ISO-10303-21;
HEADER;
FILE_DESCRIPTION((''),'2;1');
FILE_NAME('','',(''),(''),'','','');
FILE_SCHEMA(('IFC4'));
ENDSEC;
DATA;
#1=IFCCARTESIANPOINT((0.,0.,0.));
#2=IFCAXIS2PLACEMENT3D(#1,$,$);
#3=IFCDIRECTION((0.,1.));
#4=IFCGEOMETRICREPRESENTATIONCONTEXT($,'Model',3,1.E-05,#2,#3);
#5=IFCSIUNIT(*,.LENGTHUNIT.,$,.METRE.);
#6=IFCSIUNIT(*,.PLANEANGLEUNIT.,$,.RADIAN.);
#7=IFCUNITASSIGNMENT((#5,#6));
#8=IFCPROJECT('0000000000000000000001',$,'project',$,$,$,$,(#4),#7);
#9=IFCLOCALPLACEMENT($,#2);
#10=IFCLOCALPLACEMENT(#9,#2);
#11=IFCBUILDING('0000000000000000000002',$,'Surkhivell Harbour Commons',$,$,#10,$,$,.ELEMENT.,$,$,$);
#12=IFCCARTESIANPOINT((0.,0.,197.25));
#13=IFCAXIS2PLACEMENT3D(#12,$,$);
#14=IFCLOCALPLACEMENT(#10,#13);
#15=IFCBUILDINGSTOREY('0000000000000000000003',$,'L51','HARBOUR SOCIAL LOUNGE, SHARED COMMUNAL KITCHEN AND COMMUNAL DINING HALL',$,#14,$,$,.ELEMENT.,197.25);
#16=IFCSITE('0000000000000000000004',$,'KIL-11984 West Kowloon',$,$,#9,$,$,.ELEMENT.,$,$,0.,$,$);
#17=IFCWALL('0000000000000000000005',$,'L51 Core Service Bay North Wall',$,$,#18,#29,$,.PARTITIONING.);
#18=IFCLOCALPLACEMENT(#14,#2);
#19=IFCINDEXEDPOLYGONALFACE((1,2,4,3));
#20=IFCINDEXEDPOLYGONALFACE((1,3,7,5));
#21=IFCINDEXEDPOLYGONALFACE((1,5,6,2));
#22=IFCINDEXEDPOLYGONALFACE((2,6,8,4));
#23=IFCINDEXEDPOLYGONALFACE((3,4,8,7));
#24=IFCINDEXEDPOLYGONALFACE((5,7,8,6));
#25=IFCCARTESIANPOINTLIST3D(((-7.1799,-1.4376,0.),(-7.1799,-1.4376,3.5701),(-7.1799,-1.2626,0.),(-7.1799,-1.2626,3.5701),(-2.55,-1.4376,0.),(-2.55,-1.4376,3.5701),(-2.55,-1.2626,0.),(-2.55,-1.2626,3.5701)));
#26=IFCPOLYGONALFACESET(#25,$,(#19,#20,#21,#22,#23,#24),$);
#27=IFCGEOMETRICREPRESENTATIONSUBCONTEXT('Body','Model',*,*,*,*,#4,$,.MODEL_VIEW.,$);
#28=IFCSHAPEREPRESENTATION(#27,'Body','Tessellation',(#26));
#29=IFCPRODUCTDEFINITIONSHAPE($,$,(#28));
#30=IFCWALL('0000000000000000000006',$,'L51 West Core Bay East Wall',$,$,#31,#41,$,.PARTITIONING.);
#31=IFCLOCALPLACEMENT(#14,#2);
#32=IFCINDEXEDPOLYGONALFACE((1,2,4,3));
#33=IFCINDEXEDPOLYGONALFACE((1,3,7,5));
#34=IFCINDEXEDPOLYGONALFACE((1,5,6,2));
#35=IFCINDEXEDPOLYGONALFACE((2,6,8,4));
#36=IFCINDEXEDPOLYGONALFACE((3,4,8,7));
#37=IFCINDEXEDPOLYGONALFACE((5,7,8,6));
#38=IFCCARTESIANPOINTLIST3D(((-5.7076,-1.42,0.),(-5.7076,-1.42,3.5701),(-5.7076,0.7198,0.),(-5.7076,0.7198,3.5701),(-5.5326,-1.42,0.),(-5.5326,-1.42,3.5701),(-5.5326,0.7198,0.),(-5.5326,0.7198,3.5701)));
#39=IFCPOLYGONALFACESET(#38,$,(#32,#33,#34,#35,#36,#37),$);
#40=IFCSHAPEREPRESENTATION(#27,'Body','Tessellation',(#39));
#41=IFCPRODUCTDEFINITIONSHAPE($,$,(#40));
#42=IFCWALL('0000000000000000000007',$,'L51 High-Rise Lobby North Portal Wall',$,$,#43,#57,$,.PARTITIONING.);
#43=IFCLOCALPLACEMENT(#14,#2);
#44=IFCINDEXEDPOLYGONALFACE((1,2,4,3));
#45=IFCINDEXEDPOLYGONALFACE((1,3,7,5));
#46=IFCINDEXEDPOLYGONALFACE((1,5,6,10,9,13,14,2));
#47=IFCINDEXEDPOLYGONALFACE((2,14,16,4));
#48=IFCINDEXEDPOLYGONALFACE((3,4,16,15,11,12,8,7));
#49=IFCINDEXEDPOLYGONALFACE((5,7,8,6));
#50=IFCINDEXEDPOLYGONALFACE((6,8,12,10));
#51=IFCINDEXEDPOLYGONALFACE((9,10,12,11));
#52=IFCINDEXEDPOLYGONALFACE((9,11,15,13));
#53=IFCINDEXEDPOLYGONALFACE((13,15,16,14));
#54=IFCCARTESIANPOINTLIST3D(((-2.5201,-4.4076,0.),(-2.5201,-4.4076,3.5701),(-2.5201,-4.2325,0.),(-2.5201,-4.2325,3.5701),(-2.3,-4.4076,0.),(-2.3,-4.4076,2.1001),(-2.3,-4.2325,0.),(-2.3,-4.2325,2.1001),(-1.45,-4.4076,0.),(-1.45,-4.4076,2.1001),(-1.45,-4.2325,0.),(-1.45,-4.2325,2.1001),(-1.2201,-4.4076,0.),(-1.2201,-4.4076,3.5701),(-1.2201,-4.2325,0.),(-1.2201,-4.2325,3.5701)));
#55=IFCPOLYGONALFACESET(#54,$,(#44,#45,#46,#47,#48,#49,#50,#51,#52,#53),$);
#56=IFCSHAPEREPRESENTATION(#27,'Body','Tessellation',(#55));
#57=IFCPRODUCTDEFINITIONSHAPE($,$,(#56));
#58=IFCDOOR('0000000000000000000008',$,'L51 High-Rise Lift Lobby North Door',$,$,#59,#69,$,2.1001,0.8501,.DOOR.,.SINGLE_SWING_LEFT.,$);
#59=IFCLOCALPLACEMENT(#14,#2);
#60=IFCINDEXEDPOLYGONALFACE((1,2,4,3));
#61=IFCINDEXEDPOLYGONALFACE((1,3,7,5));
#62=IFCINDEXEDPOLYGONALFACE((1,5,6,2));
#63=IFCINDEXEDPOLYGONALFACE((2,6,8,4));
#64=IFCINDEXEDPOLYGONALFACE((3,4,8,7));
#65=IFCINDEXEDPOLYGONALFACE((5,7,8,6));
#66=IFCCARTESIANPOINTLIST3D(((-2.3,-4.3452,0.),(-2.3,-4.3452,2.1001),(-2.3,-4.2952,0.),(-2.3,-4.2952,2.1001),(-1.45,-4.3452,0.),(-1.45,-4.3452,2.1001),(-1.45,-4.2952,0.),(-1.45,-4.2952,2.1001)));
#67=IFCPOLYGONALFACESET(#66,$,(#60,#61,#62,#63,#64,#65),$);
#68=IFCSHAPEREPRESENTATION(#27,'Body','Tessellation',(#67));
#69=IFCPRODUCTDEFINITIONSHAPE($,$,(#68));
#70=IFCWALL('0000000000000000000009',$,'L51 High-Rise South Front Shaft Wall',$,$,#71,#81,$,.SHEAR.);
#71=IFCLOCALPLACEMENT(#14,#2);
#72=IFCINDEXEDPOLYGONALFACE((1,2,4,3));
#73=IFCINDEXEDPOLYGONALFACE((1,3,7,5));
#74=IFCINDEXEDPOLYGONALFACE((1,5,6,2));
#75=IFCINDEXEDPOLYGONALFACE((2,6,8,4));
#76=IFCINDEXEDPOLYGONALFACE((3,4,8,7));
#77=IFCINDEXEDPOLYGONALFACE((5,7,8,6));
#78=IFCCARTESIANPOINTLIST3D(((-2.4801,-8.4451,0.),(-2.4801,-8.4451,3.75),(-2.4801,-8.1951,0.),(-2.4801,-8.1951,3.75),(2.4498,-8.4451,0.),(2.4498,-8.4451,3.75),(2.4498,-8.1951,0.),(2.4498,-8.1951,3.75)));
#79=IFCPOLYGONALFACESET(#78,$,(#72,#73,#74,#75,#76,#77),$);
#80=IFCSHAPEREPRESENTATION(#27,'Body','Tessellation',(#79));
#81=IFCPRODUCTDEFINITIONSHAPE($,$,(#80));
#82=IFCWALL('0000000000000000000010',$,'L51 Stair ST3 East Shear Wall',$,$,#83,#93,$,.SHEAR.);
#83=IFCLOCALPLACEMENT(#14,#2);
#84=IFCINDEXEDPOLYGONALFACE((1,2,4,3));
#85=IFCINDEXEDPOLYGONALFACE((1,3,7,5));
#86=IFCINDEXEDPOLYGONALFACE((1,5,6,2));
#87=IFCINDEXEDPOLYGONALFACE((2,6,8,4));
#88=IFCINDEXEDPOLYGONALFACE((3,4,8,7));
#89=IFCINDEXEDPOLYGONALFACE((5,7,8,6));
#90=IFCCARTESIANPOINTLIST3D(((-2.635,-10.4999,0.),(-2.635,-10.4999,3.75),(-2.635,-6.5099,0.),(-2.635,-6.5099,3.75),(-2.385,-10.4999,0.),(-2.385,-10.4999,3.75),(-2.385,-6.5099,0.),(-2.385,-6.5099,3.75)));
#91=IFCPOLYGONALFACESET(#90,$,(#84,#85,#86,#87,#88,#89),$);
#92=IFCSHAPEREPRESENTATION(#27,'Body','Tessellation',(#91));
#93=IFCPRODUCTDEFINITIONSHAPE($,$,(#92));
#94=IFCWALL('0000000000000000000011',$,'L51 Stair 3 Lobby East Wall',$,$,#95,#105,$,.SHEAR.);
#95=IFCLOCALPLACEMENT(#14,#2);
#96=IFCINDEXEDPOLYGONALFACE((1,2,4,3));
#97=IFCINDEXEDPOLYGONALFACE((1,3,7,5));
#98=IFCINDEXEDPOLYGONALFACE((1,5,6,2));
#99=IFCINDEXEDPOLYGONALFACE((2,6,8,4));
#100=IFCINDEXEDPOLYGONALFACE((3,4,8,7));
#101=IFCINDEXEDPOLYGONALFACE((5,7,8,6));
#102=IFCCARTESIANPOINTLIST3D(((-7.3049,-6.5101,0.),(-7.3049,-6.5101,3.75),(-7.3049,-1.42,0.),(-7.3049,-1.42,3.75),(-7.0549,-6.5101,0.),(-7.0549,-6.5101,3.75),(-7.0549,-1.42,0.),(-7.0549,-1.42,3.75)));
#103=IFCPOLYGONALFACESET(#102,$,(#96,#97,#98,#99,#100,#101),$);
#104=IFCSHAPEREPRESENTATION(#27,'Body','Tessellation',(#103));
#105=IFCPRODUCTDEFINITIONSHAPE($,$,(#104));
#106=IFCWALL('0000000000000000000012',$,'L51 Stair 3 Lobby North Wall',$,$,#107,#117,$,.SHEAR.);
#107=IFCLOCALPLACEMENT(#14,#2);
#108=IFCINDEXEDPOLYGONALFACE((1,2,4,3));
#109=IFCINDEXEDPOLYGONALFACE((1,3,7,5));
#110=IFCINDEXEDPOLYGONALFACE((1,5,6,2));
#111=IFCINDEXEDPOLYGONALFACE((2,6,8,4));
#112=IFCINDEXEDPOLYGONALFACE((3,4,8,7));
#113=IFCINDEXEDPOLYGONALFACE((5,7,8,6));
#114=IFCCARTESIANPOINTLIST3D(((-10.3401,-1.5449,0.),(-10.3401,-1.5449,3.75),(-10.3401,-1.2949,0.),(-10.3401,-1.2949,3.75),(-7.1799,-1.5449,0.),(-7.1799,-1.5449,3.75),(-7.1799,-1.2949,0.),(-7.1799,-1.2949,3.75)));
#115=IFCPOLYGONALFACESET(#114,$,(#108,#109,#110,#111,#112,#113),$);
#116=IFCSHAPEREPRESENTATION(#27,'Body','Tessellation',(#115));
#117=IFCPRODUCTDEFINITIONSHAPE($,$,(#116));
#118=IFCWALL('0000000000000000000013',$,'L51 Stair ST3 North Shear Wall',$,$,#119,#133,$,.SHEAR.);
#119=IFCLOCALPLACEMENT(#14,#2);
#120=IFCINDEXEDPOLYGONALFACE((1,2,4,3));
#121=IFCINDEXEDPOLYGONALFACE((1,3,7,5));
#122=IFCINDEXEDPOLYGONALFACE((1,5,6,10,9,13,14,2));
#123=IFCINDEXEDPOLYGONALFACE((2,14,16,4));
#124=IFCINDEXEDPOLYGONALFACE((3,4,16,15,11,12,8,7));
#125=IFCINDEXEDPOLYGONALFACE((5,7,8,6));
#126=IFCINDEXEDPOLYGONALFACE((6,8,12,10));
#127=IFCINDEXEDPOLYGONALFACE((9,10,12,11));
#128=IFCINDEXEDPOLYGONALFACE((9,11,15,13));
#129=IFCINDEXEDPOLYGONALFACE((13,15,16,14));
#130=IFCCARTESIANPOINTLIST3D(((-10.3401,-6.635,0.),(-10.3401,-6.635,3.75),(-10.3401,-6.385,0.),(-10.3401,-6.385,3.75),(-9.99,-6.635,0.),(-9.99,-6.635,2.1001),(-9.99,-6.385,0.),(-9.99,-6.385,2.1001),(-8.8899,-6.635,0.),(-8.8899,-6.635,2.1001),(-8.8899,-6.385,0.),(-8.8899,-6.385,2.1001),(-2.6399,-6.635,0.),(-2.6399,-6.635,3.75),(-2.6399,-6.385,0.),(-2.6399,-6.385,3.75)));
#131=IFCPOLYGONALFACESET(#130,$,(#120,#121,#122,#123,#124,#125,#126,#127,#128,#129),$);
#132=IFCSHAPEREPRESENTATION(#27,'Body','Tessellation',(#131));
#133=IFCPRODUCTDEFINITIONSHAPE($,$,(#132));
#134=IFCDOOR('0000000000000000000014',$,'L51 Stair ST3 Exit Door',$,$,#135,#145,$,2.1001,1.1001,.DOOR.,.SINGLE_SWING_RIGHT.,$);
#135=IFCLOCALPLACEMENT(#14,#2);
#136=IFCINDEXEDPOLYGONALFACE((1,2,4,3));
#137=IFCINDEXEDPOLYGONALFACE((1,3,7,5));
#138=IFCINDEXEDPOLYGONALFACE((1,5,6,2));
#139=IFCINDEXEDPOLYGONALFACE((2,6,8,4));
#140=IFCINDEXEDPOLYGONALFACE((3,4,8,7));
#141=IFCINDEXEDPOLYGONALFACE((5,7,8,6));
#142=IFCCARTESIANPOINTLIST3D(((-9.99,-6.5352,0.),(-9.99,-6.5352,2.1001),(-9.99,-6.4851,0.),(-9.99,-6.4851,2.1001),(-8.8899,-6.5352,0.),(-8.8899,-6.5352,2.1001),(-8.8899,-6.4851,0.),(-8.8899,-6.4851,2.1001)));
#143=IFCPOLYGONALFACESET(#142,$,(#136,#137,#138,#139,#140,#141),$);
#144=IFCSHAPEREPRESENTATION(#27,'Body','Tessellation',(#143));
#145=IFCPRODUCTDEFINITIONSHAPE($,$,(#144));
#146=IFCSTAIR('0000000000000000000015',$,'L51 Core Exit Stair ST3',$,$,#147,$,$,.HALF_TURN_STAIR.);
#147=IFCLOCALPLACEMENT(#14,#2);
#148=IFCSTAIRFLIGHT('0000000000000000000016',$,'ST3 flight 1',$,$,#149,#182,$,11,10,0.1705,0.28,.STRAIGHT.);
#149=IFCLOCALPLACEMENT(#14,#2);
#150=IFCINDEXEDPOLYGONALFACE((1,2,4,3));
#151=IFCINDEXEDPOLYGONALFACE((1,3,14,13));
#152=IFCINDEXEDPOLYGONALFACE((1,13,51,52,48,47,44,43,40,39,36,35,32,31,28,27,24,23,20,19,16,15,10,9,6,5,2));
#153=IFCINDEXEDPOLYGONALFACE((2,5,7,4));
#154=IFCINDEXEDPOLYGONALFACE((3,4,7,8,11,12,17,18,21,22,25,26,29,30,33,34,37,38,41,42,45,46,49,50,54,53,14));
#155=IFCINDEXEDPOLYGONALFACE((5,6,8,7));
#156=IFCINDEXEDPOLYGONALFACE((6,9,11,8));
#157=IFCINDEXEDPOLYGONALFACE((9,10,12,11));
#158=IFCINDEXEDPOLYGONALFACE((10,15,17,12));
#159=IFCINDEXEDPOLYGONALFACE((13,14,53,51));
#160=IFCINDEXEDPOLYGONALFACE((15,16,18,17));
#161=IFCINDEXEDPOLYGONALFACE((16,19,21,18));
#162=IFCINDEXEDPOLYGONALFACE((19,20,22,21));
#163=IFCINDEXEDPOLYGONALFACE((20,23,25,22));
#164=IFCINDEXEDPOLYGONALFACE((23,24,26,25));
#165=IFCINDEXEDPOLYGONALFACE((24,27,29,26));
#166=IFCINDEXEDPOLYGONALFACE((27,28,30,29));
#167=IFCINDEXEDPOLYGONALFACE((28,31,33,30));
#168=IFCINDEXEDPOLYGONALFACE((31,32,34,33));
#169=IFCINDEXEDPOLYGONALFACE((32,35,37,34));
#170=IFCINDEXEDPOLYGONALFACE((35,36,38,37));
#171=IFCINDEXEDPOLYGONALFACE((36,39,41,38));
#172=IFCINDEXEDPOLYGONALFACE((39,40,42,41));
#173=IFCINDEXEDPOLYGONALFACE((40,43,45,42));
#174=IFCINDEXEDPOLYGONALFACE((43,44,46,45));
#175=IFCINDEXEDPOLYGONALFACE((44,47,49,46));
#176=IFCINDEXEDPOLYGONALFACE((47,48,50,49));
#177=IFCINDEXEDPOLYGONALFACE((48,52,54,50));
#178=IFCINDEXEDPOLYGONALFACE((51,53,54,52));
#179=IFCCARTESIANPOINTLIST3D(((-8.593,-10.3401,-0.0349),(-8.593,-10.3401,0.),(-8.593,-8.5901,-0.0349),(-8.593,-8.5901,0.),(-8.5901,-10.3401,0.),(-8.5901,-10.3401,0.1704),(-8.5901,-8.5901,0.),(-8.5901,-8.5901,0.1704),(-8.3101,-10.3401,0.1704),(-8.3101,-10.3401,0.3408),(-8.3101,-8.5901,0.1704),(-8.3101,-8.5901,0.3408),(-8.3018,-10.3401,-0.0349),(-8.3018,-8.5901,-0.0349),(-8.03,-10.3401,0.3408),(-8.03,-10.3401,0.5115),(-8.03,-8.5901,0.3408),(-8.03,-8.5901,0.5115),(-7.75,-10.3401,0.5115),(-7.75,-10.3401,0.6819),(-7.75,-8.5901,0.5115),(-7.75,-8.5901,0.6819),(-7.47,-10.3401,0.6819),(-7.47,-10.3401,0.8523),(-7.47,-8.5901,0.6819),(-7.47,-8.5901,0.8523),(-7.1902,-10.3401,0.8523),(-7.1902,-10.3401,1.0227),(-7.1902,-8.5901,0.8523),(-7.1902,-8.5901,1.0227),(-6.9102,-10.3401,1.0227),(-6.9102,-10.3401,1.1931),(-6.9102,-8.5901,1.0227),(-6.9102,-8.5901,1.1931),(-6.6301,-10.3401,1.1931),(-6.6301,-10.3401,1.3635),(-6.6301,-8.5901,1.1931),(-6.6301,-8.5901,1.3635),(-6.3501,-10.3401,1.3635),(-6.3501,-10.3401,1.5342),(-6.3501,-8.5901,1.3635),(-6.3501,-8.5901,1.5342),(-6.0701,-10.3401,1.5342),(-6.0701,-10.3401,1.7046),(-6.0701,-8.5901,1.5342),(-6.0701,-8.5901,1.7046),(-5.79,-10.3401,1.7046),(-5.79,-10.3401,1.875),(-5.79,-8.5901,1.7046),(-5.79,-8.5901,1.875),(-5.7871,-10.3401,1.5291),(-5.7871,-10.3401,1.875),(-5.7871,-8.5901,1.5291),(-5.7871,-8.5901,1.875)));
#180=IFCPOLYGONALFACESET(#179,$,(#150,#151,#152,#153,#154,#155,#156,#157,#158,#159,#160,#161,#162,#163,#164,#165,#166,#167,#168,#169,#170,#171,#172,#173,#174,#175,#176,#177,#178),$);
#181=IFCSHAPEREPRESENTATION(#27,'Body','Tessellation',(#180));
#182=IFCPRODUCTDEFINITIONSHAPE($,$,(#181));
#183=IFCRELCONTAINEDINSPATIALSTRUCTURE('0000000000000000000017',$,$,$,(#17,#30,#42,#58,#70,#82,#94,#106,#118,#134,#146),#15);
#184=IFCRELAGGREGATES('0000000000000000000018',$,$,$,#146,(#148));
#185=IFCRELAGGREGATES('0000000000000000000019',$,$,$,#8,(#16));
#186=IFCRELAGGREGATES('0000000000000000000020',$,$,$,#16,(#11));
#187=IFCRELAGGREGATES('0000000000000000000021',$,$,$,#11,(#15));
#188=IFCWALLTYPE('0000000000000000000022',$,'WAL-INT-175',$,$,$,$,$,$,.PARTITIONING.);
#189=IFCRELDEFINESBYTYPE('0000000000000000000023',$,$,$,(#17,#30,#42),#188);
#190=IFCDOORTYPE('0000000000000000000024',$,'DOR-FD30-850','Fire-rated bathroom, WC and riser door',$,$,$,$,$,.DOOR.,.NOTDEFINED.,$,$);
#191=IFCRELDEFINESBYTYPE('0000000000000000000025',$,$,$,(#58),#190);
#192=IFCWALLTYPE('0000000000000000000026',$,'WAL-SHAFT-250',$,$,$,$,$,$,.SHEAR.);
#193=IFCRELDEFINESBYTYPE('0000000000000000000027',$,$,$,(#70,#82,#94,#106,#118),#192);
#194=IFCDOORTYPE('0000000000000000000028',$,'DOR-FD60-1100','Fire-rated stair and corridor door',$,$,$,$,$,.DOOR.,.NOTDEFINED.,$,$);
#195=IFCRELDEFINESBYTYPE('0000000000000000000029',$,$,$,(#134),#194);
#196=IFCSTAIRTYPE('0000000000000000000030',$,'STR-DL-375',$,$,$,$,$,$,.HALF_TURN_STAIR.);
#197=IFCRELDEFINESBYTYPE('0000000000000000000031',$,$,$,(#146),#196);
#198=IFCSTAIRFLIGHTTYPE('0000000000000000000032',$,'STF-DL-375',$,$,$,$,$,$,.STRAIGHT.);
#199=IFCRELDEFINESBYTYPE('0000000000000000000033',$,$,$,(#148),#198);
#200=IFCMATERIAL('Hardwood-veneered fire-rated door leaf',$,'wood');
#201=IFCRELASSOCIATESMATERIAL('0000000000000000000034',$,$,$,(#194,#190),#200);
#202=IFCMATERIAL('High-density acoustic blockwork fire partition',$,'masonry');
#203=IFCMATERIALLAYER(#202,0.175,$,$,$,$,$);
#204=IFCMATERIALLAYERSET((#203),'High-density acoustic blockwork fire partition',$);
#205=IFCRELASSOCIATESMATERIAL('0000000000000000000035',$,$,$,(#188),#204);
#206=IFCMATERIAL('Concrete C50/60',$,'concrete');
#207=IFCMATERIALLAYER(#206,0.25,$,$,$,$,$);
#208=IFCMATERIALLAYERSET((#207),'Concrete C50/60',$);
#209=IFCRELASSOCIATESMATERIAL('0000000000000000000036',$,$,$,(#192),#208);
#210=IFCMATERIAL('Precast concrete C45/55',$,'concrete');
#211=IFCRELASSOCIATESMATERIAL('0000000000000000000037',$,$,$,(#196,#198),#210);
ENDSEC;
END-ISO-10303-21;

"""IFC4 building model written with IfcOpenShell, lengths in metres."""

from ifc_helpers import new_model, si_unit, direction, frame, frame_2d, origin, place, context, subcontext, project, spatial, polyline, rectangle, outline, extrude, material, layer, layer_set, type_object, element, fill, aggregate, save


model = new_model("IFC4")

# Units and contexts
model_context = context("Model", 3, precision=1e-05, world=origin(), true_north=direction((0.0, 1.0)))
body_context = subcontext(model_context, "Body", "Model", "MODEL_VIEW")
ifc_project = project(units=[si_unit("LENGTHUNIT", "METRE"), si_unit("PLANEANGLEUNIT", "RADIAN")], contexts=[model_context])

# Site, building, storey
site_placement = place(None, origin())
site = spatial("IfcSite", under=ifc_project, at=site_placement, Name="KIL-11984 West Kowloon", CompositionType="ELEMENT", RefElevation=0.0)
building_placement = place(site_placement, origin())
building = spatial("IfcBuilding", under=site, at=building_placement, Name="Surkhivell Harbour Commons", CompositionType="ELEMENT")
storey_placement = place(building_placement, frame((0.0, 0.0, 197.25)))
storey = spatial("IfcBuildingStorey", under=building, at=storey_placement, Name="L51", Description="HARBOUR SOCIAL LOUNGE, SHARED COMMUNAL KITCHEN AND COMMUNAL DINING HALL", CompositionType="ELEMENT", Elevation=197.25)

# Shared definitions
ifc_material_1 = material(Name="Hardwood-veneered fire-rated door leaf", Category="wood")
door_type_1 = type_object("IfcDoorType", Name="DOR-FD60-1100", Description="Fire-rated stair and corridor door", OperationType="NOTDEFINED", PredefinedType="DOOR", material=ifc_material_1)
door_type_2 = type_object("IfcDoorType", Name="DOR-FD30-850", Description="Fire-rated bathroom, WC and riser door", OperationType="NOTDEFINED", PredefinedType="DOOR", material=ifc_material_1)
ifc_material_2 = material(Name="High-density acoustic blockwork fire partition", Category="masonry")
ifc_layer_1 = layer(ifc_material_2, 0.175)
ifc_layer_set_1 = layer_set([ifc_layer_1], Name="High-density acoustic blockwork fire partition")
wall_type_1 = type_object("IfcWallType", Name="WAL-INT-175", PredefinedType="PARTITIONING", material=ifc_layer_set_1)

# Walls
wall_1_placement = place(storey_placement, frame((-7.1799, -1.3501, 0.0), z_axis=(0.0, 0.0, 1.0), x_axis=(1.0, 0.0, 0.0)))
element("IfcWall", 1, at=wall_1_placement, inside=storey, type_object=wall_type_1, Name="L51 Core Service Bay North Wall", PredefinedType="PARTITIONING", context=body_context, shape_type="SweptSolid", body=[
    extrude(rectangle(XDim=4.6299, YDim=0.175, at=frame_2d((2.3149, 0.0))), origin(), (0.0, 0.0, 1.0), 3.5701),
])
wall_2_placement = place(storey_placement, frame((-5.6201, -1.4199, 0.0), z_axis=(0.0, 0.0, 1.0), x_axis=(0.0, 1.0, 0.0)))
element("IfcWall", 2, at=wall_2_placement, inside=storey, type_object=wall_type_1, Name="L51 West Core Bay East Wall", PredefinedType="PARTITIONING", context=body_context, shape_type="SweptSolid", body=[
    extrude(rectangle(XDim=2.1399, YDim=0.175, at=frame_2d((1.0698, 0.0))), origin(), (0.0, 0.0, 1.0), 3.5701),
])

# Wall, opening, door
wall_3_placement = place(storey_placement, frame((-2.52, -4.3201, 0.0), z_axis=(0.0, 0.0, 1.0), x_axis=(1.0, 0.0, 0.0)))
wall_3 = element("IfcWall", 3, at=wall_3_placement, inside=storey, type_object=wall_type_1, Name="L51 High-Rise Lobby North Portal Wall", PredefinedType="PARTITIONING", context=body_context, shape_type="SweptSolid", body=[
    extrude(rectangle(XDim=1.3, YDim=0.175, at=frame_2d((0.6499, 0.0))), origin(), (0.0, 0.0, 1.0), 3.5701),
])
opening_1_placement = place(wall_3_placement, frame((0.22, 0.0, 0.0)))
opening_1 = element("IfcOpeningElement", 4, at=opening_1_placement, cuts=wall_3, PredefinedType="OPENING", context=body_context, shape_type="SweptSolid", body=[
    extrude(rectangle(XDim=0.8501, YDim=2.1001, at=frame_2d((0.425, 1.05))), frame((0.0, 0.0974, 0.0), z_axis=(0.0, -1.0, 0.0), x_axis=(1.0, 0.0, 0.0)), (0.0, 0.0, 1.0), 0.1951),
])
door_1_placement = place(opening_1_placement, origin())
door_1 = element("IfcDoor", 5, at=door_1_placement, inside=storey, type_object=door_type_2, Name="L51 High-Rise Lift Lobby North Door", OperationType="SINGLE_SWING_LEFT", OverallHeight=2.1001, OverallWidth=0.8501, PredefinedType="DOOR", context=body_context, shape_type="SweptSolid", body=[
    extrude(rectangle(XDim=0.8501, YDim=2.1001, at=frame_2d((0.425, 1.05))), frame((0.0, 0.0249, 0.0), z_axis=(0.0, -1.0, 0.0), x_axis=(1.0, 0.0, 0.0)), (0.0, 0.0, 1.0), 0.05),
])
fill(opening_1, door_1)

# Walls
ifc_material_3 = material(Name="Concrete C50/60", Category="concrete")
ifc_layer_2 = layer(ifc_material_3, 0.25)
ifc_layer_set_2 = layer_set([ifc_layer_2], Name="Concrete C50/60")
wall_type_2 = type_object("IfcWallType", Name="WAL-SHAFT-250", PredefinedType="SHEAR", material=ifc_layer_set_2)
wall_4_placement = place(storey_placement, frame((-2.48, -8.3201, 0.0), z_axis=(0.0, 0.0, 1.0), x_axis=(1.0, 0.0, 0.0)))
element("IfcWall", 6, at=wall_4_placement, inside=storey, type_object=wall_type_2, Name="L51 High-Rise South Front Shaft Wall", PredefinedType="SHEAR", context=body_context, shape_type="SweptSolid", body=[
    extrude(rectangle(XDim=4.9299, YDim=0.25, at=frame_2d((2.4648, 0.0))), origin(), (0.0, 0.0, 1.0), 3.75),
])
wall_5_placement = place(storey_placement, frame((-2.51, -10.5, 0.0), z_axis=(0.0, 0.0, 1.0), x_axis=(0.0, 1.0, 0.0)))
element("IfcWall", 7, at=wall_5_placement, inside=storey, type_object=wall_type_2, Name="L51 Stair ST3 East Shear Wall", PredefinedType="SHEAR", context=body_context, shape_type="SweptSolid", body=[
    extrude(rectangle(XDim=3.99, YDim=0.25, at=frame_2d((1.9951, 0.0))), origin(), (0.0, 0.0, 1.0), 3.75),
])
wall_6_placement = place(storey_placement, frame((-7.1799, -6.51, 0.0), z_axis=(0.0, 0.0, 1.0), x_axis=(0.0, 1.0, 0.0)))
element("IfcWall", 8, at=wall_6_placement, inside=storey, type_object=wall_type_2, Name="L51 Stair 3 Lobby East Wall", PredefinedType="SHEAR", context=body_context, shape_type="SweptSolid", body=[
    extrude(rectangle(XDim=5.0901, YDim=0.25, at=frame_2d((2.5449, 0.0))), origin(), (0.0, 0.0, 1.0), 3.75),
])
wall_7_placement = place(storey_placement, frame((-10.3401, -1.4199, 0.0), z_axis=(0.0, 0.0, 1.0), x_axis=(1.0, 0.0, 0.0)))
element("IfcWall", 9, at=wall_7_placement, inside=storey, type_object=wall_type_2, Name="L51 Stair 3 Lobby North Wall", PredefinedType="SHEAR", context=body_context, shape_type="SweptSolid", body=[
    extrude(rectangle(XDim=3.1602, YDim=0.25, at=frame_2d((1.5801, 0.0))), origin(), (0.0, 0.0, 1.0), 3.75),
])

# Wall, opening, door
wall_8_placement = place(storey_placement, frame((-10.3401, -6.51, 0.0), z_axis=(0.0, 0.0, 1.0), x_axis=(1.0, 0.0, 0.0)))
wall_8 = element("IfcWall", 10, at=wall_8_placement, inside=storey, type_object=wall_type_2, Name="L51 Stair ST3 North Shear Wall", PredefinedType="SHEAR", context=body_context, shape_type="SweptSolid", body=[
    extrude(rectangle(XDim=7.7002, YDim=0.25, at=frame_2d((3.8501, 0.0))), origin(), (0.0, 0.0, 1.0), 3.75),
])
opening_2_placement = place(wall_8_placement, frame((0.3501, 0.0, 0.0)))
opening_2 = element("IfcOpeningElement", 11, at=opening_2_placement, cuts=wall_8, PredefinedType="OPENING", context=body_context, shape_type="SweptSolid", body=[
    extrude(rectangle(XDim=1.1001, YDim=2.1001, at=frame_2d((0.55, 1.05))), frame((0.0, 0.135, 0.0), z_axis=(0.0, -1.0, 0.0), x_axis=(1.0, 0.0, 0.0)), (0.0, 0.0, 1.0), 0.27),
])
door_2_placement = place(opening_2_placement, origin())
door_2 = element("IfcDoor", 12, at=door_2_placement, inside=storey, type_object=door_type_1, Name="L51 Stair ST3 Exit Door", OperationType="SINGLE_SWING_RIGHT", OverallHeight=2.1001, OverallWidth=1.1001, PredefinedType="DOOR", context=body_context, shape_type="SweptSolid", body=[
    extrude(rectangle(XDim=1.1001, YDim=2.1001, at=frame_2d((0.55, 1.05))), frame((0.0, 0.0249, 0.0), z_axis=(0.0, -1.0, 0.0), x_axis=(1.0, 0.0, 0.0)), (0.0, 0.0, 1.0), 0.05),
])
fill(opening_2, door_2)

# Stair, stair flight
ifc_material_4 = material(Name="Precast concrete C45/55", Category="concrete")
stair_type = type_object("IfcStairType", Name="STR-DL-375", PredefinedType="HALF_TURN_STAIR", material=ifc_material_4)
stair_placement = place(storey_placement, origin())
stair = element("IfcStair", 13, at=stair_placement, inside=storey, type_object=stair_type, Name="L51 Core Exit Stair ST3", PredefinedType="HALF_TURN_STAIR")
stair_flight_type = type_object("IfcStairFlightType", Name="STF-DL-375", PredefinedType="STRAIGHT", material=ifc_material_4)
stair_flight_1_placement = place(storey_placement, frame((-8.5901, -9.4651, 0.0), z_axis=(0.0, 0.0, 1.0), x_axis=(1.0, 0.0, 0.0)))
stair_flight_1 = element("IfcStairFlight", 14, at=stair_flight_1_placement, type_object=stair_flight_type, Name="ST3 flight 1", NumberOfRisers=11, NumberOfTreads=10, PredefinedType="STRAIGHT", RiserHeight=0.1705, TreadLength=0.28, context=body_context, shape_type="SweptSolid", body=[
    extrude(outline(polyline([(-0.0029, -0.0349), (-0.0029, 0.0), (0.0, 0.0), (0.0, 0.1704), (0.28, 0.1704), (0.28, 0.3408), (0.5601, 0.3408), (0.5601, 0.5115), (0.8401, 0.5115), (0.8401, 0.6819), (1.1201, 0.6819), (1.1201, 0.8523), (1.3999, 0.8523), (1.3999, 1.0227), (1.6799, 1.0227), (1.6799, 1.1931), (1.96, 1.1931), (1.96, 1.3635), (2.24, 1.3635), (2.24, 1.5342), (2.52, 1.5342), (2.52, 1.7046), (2.8, 1.7046), (2.8, 1.875), (2.803, 1.875), (2.803, 1.5291), (0.2883, -0.0349), (-0.0029, -0.0349)])), frame((0.0, 0.875, 0.0), z_axis=(0.0, -1.0, 0.0), x_axis=(1.0, 0.0, 0.0)), (0.0, 0.0, 1.0), 1.75),
])
aggregate(stair, [stair_flight_1])

save(model, "model.ifc")
